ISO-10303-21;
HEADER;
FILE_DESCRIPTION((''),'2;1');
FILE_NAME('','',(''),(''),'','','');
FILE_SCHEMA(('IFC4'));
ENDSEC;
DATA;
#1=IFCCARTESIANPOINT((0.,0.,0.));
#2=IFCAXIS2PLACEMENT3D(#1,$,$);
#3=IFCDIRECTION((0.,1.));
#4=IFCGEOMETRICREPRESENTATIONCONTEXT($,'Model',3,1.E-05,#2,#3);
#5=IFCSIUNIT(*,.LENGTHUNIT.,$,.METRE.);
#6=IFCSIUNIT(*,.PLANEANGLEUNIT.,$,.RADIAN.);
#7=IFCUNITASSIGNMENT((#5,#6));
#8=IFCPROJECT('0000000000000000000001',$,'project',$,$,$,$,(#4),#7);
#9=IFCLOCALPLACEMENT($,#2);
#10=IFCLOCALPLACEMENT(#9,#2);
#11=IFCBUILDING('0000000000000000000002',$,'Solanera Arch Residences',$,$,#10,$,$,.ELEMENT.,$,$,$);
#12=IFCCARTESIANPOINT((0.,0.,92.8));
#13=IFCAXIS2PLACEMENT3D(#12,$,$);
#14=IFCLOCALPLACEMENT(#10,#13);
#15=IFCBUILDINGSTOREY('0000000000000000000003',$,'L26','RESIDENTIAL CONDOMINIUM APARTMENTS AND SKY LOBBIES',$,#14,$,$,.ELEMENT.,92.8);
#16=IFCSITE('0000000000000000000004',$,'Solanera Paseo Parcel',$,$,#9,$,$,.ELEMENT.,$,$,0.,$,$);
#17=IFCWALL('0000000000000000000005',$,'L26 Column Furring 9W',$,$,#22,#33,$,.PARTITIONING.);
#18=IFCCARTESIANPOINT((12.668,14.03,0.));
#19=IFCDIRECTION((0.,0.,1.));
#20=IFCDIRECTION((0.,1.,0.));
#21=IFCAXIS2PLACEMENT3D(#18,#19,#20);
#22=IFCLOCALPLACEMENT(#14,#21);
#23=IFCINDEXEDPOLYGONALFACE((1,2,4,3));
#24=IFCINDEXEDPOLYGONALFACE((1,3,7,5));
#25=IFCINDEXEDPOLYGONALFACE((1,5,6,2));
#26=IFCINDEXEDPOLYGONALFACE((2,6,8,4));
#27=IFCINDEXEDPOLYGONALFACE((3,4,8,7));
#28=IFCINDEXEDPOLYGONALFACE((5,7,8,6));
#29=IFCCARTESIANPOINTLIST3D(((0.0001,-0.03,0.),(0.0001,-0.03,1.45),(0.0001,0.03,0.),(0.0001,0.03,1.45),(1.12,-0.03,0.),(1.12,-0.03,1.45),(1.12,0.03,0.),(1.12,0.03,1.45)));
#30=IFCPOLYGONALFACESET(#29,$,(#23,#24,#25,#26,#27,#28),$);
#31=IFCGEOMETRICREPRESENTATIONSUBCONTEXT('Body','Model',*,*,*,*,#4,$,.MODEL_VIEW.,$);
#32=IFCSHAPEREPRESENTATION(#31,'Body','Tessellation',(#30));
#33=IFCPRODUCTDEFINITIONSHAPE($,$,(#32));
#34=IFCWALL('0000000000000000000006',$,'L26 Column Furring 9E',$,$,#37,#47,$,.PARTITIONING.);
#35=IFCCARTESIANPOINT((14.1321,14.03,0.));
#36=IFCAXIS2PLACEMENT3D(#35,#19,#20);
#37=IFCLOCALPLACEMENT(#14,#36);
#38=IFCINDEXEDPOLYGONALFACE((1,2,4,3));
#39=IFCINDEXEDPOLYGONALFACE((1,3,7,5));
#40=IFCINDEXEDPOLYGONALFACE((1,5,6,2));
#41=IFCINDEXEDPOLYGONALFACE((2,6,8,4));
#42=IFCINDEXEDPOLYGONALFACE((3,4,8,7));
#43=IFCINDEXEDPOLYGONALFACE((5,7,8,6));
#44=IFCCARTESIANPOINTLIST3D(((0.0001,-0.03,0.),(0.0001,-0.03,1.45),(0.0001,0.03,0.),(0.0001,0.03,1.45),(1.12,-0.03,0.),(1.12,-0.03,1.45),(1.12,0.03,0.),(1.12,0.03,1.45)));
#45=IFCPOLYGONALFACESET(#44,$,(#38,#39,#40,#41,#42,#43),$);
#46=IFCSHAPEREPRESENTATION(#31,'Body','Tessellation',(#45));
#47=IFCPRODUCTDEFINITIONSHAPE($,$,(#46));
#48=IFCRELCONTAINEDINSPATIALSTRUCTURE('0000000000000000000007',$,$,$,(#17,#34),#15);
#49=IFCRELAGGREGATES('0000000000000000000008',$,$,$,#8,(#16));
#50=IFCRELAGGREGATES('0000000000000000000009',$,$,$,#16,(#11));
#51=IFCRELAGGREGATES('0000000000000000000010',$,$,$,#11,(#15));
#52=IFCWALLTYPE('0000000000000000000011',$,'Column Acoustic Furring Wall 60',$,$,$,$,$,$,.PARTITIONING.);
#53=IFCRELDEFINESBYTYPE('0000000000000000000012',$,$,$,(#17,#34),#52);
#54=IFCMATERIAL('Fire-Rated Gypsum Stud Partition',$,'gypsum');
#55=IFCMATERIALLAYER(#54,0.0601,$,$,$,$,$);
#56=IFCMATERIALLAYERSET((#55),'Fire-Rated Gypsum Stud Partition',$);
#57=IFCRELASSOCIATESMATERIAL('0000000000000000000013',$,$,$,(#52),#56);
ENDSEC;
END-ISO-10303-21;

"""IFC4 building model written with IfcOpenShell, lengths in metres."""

from ifc_helpers import new_model, si_unit, direction, frame, frame_2d, origin, place, context, subcontext, project, spatial, rectangle, extrude, material, layer, layer_set, type_object, element, save


model = new_model("IFC4")

# Units and contexts
model_context = context("Model", 3, precision=1e-05, world=origin(), true_north=direction((0.0, 1.0)))
body_context = subcontext(model_context, "Body", "Model", "MODEL_VIEW")
ifc_project = project(units=[si_unit("LENGTHUNIT", "METRE"), si_unit("PLANEANGLEUNIT", "RADIAN")], contexts=[model_context])

# Site, building, storey
site_placement = place(None, origin())
site = spatial("IfcSite", under=ifc_project, at=site_placement, Name="Solanera Paseo Parcel", CompositionType="ELEMENT", RefElevation=0.0)
building_placement = place(site_placement, origin())
building = spatial("IfcBuilding", under=site, at=building_placement, Name="Solanera Arch Residences", CompositionType="ELEMENT")
storey_placement = place(building_placement, frame((0.0, 0.0, 92.8)))
storey = spatial("IfcBuildingStorey", under=building, at=storey_placement, Name="L26", Description="RESIDENTIAL CONDOMINIUM APARTMENTS AND SKY LOBBIES", CompositionType="ELEMENT", Elevation=92.8)

# Walls
ifc_material_1 = material(Name="Fire-Rated Gypsum Stud Partition", Category="gypsum")
ifc_layer_1 = layer(ifc_material_1, 0.0601)
ifc_layer_set_1 = layer_set([ifc_layer_1], Name="Fire-Rated Gypsum Stud Partition")
wall_type_1 = type_object("IfcWallType", Name="Column Acoustic Furring Wall 60", PredefinedType="PARTITIONING", material=ifc_layer_set_1)
for number, where, z_axis, x_axis, name in (
    (1, (12.668, 14.03, 0.0), (0.0, 0.0, 1.0), (0.0, 1.0, 0.0), "L26 Column Furring 9W"),
    (2, (14.1321, 14.03, 0.0), (0.0, 0.0, 1.0), (0.0, 1.0, 0.0), "L26 Column Furring 9E"),
):
    element("IfcWall", number, at=place(storey_placement, frame(where, z_axis=z_axis, x_axis=x_axis)), inside=storey, type_object=wall_type_1, Name=name, PredefinedType="PARTITIONING", context=body_context, shape_type="SweptSolid", body=[
        extrude(rectangle(XDim=1.1199, YDim=0.0601, at=frame_2d((0.5601, 0.0))), origin(), (0.0, 0.0, 1.0), 1.45),
    ])

save(model, "model.ifc")
